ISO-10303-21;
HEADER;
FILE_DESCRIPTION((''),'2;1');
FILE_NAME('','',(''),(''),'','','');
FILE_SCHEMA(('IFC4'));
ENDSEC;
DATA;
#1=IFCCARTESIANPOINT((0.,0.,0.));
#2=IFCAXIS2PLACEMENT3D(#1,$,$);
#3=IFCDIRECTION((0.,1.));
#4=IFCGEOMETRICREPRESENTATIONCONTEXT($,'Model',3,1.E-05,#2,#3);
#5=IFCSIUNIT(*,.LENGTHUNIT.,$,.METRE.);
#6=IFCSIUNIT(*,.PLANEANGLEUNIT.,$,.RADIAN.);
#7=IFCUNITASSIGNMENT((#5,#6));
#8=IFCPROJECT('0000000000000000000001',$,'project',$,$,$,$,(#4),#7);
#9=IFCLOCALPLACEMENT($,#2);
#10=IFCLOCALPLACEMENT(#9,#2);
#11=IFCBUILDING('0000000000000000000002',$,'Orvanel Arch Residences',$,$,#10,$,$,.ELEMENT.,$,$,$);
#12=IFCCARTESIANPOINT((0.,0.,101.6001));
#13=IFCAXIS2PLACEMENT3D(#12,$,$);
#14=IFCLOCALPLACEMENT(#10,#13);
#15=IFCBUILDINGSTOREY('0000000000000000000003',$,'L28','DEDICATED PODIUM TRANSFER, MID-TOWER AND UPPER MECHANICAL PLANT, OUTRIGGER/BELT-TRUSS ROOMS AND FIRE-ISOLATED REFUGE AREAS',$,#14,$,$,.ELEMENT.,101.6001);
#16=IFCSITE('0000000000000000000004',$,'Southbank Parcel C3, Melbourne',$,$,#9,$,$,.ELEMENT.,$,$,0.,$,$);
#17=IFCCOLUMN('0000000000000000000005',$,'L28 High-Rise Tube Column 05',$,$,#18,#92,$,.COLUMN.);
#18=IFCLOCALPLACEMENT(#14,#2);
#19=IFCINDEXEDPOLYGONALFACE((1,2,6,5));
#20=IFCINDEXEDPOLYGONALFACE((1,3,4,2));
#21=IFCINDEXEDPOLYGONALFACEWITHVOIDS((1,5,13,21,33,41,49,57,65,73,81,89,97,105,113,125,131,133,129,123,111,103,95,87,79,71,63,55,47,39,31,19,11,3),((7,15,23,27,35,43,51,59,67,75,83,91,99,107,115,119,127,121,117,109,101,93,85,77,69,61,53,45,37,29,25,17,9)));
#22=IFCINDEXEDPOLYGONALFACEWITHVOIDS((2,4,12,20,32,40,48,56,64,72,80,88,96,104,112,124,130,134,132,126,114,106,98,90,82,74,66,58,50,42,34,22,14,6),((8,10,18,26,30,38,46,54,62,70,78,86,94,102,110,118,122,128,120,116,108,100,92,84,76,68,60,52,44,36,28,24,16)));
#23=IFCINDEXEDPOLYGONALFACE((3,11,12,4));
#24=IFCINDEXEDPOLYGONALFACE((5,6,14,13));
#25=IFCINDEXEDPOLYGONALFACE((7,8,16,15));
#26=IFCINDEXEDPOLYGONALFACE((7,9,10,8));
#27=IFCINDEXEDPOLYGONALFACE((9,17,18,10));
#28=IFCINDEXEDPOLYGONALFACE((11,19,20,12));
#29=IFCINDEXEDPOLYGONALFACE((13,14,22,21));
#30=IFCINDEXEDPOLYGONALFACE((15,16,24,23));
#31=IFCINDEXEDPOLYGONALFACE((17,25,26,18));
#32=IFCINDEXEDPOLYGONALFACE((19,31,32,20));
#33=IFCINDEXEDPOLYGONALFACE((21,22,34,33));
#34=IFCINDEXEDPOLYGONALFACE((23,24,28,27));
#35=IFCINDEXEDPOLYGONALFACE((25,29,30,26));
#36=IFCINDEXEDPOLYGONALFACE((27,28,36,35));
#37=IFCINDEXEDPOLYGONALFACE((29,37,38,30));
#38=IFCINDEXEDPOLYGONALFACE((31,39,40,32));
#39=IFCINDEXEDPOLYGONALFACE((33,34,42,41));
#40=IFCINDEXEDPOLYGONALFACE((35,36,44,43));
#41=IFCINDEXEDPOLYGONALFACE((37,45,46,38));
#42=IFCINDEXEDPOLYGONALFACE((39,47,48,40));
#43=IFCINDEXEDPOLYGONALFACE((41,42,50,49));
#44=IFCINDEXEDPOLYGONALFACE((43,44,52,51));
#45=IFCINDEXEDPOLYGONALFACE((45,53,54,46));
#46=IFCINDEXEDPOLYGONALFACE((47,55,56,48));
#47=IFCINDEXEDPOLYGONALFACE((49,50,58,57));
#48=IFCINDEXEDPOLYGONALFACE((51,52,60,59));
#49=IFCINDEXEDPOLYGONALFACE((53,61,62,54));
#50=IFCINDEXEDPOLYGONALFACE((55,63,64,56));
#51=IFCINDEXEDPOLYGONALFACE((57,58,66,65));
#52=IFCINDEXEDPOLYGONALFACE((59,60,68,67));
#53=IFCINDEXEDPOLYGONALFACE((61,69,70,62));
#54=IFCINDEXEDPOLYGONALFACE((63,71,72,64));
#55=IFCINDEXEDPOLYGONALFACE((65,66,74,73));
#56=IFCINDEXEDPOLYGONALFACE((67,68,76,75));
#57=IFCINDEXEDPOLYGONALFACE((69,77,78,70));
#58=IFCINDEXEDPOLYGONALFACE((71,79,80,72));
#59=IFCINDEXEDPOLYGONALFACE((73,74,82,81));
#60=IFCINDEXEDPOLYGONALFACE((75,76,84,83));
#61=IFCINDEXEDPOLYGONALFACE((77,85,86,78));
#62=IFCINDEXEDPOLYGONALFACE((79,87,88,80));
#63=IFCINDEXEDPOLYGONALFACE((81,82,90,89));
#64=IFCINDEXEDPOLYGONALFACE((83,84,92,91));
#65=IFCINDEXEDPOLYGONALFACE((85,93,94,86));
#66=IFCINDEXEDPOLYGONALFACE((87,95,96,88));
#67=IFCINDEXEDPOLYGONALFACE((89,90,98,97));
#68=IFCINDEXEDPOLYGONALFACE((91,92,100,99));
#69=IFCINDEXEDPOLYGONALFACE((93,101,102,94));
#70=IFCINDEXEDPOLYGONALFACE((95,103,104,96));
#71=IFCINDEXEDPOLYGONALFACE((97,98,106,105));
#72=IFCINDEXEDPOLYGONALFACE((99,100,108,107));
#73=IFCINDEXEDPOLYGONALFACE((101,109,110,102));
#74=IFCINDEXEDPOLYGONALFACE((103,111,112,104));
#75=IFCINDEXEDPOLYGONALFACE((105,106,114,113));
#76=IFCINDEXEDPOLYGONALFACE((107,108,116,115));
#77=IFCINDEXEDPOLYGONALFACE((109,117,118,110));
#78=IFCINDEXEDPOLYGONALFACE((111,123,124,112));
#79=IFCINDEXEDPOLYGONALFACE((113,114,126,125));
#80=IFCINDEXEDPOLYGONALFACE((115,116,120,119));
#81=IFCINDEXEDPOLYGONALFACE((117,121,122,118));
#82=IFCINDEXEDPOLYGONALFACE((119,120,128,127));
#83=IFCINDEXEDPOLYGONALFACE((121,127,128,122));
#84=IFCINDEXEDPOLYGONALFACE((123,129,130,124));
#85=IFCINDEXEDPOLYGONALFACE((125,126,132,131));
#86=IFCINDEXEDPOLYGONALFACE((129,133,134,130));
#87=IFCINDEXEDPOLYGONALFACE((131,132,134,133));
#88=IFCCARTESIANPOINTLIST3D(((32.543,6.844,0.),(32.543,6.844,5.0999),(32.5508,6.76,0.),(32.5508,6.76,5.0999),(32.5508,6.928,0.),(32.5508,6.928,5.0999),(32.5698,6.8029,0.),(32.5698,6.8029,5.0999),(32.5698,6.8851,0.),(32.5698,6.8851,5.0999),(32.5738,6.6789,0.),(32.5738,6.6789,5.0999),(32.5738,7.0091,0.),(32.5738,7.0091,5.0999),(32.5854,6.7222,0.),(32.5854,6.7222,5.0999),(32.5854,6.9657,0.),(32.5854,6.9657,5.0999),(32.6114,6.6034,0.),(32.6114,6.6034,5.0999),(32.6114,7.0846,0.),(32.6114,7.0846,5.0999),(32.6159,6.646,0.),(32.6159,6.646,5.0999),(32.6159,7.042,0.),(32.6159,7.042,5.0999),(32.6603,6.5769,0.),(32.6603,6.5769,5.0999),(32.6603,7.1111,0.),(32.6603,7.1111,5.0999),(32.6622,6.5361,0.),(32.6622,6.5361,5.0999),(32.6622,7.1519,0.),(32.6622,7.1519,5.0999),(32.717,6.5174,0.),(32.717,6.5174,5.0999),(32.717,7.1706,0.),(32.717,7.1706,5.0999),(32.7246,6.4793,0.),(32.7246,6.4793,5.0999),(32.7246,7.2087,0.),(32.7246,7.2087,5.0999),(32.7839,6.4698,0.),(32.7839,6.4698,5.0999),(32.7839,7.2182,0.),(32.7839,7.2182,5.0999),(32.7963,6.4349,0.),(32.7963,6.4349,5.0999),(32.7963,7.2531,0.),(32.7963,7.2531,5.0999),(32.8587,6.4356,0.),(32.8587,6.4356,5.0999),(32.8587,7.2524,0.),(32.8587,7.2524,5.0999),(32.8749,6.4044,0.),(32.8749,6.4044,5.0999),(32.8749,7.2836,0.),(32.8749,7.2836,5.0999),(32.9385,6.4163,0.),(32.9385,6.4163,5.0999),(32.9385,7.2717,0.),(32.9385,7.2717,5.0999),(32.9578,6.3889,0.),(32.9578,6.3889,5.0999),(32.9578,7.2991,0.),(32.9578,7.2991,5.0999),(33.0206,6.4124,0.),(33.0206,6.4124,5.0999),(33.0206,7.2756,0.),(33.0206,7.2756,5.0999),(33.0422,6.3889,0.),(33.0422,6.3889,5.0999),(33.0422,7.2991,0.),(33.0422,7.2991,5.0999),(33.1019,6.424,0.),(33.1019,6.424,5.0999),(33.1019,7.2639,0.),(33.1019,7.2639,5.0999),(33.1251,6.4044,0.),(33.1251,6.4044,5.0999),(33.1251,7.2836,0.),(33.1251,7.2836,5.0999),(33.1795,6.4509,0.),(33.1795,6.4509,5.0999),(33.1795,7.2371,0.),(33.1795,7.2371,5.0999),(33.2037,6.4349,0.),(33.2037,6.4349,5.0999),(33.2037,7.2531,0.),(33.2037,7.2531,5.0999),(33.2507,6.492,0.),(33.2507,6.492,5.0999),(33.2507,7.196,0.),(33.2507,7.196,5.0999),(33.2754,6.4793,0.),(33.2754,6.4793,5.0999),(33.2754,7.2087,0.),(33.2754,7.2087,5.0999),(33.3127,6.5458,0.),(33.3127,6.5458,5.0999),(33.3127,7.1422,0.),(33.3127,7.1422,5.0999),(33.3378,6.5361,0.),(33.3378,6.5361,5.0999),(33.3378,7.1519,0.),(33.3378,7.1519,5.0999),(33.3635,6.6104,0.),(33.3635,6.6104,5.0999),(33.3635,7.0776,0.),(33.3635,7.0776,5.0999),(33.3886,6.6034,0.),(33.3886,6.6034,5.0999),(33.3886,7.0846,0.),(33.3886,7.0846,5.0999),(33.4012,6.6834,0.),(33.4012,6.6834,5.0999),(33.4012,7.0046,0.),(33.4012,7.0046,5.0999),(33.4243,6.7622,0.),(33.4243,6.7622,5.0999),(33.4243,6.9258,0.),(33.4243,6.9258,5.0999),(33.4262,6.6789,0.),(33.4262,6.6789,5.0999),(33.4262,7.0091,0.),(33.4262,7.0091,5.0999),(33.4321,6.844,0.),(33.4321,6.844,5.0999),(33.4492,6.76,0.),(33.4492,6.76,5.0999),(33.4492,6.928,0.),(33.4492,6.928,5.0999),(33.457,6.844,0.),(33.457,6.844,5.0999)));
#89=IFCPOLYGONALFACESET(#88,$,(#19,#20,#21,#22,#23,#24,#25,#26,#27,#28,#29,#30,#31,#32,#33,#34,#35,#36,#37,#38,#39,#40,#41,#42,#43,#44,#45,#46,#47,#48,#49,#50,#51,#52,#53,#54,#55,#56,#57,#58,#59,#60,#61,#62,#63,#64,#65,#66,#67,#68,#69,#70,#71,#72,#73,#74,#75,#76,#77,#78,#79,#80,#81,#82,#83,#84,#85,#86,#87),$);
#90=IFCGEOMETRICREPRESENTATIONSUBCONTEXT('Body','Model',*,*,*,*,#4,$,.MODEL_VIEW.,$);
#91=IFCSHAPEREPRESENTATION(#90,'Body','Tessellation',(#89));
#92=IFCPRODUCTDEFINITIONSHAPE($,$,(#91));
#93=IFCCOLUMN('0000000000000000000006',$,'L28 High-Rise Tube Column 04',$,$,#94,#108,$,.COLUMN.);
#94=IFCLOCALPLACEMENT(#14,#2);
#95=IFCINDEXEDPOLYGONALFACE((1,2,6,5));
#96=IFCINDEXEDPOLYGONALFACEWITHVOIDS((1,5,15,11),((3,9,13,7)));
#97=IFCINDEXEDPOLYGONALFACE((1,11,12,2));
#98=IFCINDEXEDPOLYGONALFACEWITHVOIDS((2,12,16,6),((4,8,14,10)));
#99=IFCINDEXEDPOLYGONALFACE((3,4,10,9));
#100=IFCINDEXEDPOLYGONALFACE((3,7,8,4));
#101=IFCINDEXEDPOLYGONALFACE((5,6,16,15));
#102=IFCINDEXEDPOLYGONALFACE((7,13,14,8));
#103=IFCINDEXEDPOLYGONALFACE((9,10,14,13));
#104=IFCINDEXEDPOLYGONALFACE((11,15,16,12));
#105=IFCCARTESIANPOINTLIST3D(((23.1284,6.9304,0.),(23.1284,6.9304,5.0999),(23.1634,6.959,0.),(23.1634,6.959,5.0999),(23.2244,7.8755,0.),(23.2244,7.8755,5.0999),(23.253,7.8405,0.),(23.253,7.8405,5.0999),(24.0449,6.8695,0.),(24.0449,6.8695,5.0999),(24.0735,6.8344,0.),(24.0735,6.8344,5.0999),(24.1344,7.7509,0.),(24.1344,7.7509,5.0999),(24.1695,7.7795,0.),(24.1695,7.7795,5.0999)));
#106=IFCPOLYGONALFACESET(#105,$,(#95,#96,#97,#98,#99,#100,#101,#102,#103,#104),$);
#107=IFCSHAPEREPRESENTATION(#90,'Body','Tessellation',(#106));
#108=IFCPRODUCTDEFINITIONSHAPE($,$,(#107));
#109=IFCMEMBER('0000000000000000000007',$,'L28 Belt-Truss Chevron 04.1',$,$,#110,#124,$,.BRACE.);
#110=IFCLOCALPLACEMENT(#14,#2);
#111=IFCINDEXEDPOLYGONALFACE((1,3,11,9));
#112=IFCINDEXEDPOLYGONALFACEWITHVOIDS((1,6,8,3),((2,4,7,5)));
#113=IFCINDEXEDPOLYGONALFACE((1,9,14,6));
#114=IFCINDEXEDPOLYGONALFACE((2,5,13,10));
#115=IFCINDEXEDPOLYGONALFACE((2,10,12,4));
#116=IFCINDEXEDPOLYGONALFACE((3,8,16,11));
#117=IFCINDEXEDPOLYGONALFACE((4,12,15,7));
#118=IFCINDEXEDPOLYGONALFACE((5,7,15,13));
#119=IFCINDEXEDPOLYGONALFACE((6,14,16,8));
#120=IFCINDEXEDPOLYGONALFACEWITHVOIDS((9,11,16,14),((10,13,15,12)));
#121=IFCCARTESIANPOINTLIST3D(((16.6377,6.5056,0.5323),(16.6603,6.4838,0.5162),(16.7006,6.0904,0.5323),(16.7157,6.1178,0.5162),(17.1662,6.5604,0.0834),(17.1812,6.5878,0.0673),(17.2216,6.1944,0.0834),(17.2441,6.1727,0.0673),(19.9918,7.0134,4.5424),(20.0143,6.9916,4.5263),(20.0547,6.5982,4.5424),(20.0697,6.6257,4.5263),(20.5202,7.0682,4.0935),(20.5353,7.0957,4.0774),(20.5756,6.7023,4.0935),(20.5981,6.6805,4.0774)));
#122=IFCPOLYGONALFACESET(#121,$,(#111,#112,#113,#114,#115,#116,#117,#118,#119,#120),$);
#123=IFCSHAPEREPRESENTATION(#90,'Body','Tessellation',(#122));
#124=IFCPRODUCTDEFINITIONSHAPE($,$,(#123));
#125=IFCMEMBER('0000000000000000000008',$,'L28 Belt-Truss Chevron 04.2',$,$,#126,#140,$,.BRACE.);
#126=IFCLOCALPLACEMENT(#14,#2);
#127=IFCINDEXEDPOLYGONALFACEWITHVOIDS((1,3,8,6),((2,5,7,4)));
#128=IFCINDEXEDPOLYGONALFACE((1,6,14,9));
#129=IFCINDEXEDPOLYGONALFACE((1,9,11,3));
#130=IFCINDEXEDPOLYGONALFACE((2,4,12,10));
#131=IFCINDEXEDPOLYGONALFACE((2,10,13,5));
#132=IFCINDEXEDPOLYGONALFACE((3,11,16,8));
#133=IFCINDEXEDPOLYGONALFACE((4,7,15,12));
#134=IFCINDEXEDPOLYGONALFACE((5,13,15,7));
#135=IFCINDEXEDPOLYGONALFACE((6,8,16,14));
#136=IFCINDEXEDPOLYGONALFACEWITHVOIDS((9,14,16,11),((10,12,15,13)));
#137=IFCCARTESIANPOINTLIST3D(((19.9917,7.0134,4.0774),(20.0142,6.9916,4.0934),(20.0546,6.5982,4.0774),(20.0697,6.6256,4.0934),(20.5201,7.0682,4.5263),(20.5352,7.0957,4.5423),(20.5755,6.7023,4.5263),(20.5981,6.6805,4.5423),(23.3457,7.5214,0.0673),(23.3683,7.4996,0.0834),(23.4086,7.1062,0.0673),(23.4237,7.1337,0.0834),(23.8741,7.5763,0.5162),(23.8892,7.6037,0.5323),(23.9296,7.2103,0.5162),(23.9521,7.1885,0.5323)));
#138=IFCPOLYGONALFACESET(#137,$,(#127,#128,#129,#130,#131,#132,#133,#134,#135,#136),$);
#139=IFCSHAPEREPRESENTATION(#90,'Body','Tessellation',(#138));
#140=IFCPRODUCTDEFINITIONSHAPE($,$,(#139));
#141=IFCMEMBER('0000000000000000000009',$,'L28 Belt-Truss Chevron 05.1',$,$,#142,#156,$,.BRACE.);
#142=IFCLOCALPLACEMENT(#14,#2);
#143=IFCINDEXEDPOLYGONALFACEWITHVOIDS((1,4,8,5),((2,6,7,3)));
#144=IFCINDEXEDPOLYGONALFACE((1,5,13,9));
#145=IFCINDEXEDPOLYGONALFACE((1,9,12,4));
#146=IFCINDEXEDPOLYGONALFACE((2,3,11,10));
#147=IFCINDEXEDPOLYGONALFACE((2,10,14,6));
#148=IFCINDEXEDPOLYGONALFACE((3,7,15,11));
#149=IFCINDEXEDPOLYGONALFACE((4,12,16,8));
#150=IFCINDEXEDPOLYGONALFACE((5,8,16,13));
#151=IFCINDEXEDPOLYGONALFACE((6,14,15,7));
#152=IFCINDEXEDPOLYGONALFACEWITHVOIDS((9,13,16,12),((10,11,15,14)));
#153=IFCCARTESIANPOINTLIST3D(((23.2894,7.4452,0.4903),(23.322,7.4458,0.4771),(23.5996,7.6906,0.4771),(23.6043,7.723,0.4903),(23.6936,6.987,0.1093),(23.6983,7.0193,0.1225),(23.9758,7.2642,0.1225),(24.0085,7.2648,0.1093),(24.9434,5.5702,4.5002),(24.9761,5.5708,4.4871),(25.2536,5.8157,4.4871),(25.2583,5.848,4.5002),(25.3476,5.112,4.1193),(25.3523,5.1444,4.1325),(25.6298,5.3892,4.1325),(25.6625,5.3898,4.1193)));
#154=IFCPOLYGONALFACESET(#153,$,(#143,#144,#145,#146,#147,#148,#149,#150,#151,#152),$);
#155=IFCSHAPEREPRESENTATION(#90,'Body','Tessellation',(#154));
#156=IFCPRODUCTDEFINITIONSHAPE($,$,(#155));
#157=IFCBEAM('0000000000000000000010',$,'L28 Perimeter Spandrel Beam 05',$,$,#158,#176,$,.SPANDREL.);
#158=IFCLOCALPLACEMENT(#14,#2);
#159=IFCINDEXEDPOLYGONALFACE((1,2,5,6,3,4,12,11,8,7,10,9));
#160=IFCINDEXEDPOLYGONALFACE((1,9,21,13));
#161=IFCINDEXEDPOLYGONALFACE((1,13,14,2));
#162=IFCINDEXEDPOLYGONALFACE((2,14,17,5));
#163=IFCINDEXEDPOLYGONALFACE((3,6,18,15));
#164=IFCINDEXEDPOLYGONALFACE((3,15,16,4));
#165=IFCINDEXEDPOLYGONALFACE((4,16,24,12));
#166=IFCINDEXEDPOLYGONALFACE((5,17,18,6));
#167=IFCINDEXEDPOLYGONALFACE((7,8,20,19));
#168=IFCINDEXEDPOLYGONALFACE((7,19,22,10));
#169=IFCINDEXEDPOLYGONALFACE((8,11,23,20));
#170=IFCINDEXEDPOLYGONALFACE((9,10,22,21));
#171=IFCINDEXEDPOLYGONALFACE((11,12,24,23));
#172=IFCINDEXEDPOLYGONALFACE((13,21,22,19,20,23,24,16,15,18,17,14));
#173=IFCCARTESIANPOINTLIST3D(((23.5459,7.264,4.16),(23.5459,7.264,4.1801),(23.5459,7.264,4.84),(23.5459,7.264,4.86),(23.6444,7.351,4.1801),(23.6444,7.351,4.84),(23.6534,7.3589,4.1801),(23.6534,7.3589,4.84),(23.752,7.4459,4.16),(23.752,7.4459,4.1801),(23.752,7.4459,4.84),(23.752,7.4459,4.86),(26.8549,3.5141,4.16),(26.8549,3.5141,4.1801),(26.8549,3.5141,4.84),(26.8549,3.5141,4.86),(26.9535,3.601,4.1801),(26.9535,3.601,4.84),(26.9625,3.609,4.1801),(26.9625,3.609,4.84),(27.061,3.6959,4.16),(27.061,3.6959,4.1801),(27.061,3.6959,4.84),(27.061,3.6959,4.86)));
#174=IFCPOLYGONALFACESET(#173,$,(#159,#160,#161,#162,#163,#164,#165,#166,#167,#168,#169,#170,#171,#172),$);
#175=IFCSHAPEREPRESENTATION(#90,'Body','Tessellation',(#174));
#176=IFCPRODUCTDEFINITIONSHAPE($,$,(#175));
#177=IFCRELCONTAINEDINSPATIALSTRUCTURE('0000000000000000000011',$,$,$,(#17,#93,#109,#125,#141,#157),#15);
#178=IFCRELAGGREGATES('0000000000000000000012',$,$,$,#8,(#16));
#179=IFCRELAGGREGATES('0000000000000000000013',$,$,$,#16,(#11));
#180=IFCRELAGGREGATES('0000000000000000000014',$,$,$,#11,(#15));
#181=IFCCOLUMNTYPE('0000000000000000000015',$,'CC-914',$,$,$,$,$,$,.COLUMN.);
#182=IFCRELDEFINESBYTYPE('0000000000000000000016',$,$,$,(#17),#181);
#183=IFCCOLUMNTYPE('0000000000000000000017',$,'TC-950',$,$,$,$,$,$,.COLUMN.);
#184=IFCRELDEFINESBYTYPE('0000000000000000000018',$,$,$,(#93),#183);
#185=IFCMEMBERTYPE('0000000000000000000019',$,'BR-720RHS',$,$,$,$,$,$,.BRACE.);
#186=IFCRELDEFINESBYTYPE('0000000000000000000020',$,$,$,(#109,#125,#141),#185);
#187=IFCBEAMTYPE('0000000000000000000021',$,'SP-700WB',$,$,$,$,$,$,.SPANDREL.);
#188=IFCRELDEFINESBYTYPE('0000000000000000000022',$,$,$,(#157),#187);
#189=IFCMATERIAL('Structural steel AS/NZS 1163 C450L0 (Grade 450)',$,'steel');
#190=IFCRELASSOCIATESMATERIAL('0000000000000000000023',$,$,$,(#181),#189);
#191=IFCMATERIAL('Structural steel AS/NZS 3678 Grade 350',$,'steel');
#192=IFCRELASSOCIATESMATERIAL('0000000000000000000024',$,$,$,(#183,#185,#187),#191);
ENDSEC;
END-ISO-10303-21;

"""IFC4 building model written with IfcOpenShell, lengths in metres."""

from ifc_helpers import new_model, si_unit, direction, frame, origin, origin_2d, place, context, subcontext, project, spatial, hollow_rectangle, hollow_circle, i_section, extrude, material, material_profile, profile_set, type_object, element, save


model = new_model("IFC4")

# Units and contexts
model_context = context("Model", 3, precision=1e-05, world=origin(), true_north=direction((0.0, 1.0)))
body_context = subcontext(model_context, "Body", "Model", "MODEL_VIEW")
ifc_project = project(units=[si_unit("LENGTHUNIT", "METRE"), si_unit("PLANEANGLEUNIT", "RADIAN")], contexts=[model_context])

# Site, building, storey
site_placement = place(None, origin())
site = spatial("IfcSite", under=ifc_project, at=site_placement, Name="Southbank Parcel C3, Melbourne", CompositionType="ELEMENT", RefElevation=0.0)
building_placement = place(site_placement, origin())
building = spatial("IfcBuilding", under=site, at=building_placement, Name="Orvanel Arch Residences", CompositionType="ELEMENT")
storey_placement = place(building_placement, frame((0.0, 0.0, 101.6001)))
storey = spatial("IfcBuildingStorey", under=building, at=storey_placement, Name="L28", Description="DEDICATED PODIUM TRANSFER, MID-TOWER AND UPPER MECHANICAL PLANT, OUTRIGGER/BELT-TRUSS ROOMS AND FIRE-ISOLATED REFUGE AREAS", CompositionType="ELEMENT", Elevation=101.6001)

# Columns
ifc_material_1 = material(Name="Structural steel AS/NZS 1163 C450L0 (Grade 450)", Category="steel")
ifc_material_profile_1 = material_profile(ifc_material_1, hollow_circle(Radius=0.457, WallThickness=0.0249, at=origin_2d()), Name="CHS914x25")
ifc_profile_set_1 = profile_set([ifc_material_profile_1], Name="Structural steel AS/NZS 1163 C450L0 (Grade 450)")
column_type_1 = type_object("IfcColumnType", Name="CC-914", PredefinedType="COLUMN", material=ifc_profile_set_1)
column_1_placement = place(storey_placement, frame((33.0, 6.844, 0.0), z_axis=(0.0, 0.0, 1.0), x_axis=(1.0, 0.0, 0.0)))
element("IfcColumn", 1, at=column_1_placement, inside=storey, type_object=column_type_1, Name="L28 High-Rise Tube Column 05", PredefinedType="COLUMN", context=body_context, shape_type="SweptSolid", body=[
    extrude(hollow_circle(Radius=0.457, WallThickness=0.0249, at=origin_2d()), origin(), (0.0, 0.0, 1.0), 5.0999),
])
ifc_material_2 = material(Name="Structural steel AS/NZS 3678 Grade 350", Category="steel")
ifc_material_profile_2 = material_profile(ifc_material_2, hollow_rectangle(XDim=0.95, YDim=0.95, WallThickness=0.032, at=origin_2d()), Name="BOX950x950x32")
ifc_profile_set_2 = profile_set([ifc_material_profile_2], Name="Structural steel AS/NZS 3678 Grade 350")
column_type_2 = type_object("IfcColumnType", Name="TC-950", PredefinedType="COLUMN", material=ifc_profile_set_2)
column_2_placement = place(storey_placement, frame((23.6489, 7.355, 0.0), z_axis=(0.0, 0.0, 1.0), x_axis=(-0.994881, 0.101056, 0.0)))
element("IfcColumn", 2, at=column_2_placement, inside=storey, type_object=column_type_2, Name="L28 High-Rise Tube Column 04", PredefinedType="COLUMN", context=body_context, shape_type="SweptSolid", body=[
    extrude(hollow_rectangle(XDim=0.95, YDim=0.95, WallThickness=0.032, at=origin_2d()), origin(), (0.0, 0.0, 1.0), 5.0999),
])

# Members
ifc_material_profile_3 = material_profile(ifc_material_2, hollow_rectangle(XDim=0.4199, YDim=0.72, WallThickness=0.0249, at=origin_2d()), Name="RHS720x420x25")
ifc_profile_set_3 = profile_set([ifc_material_profile_3], Name="Structural steel AS/NZS 3678 Grade 350")
member_type_1 = type_object("IfcMemberType", Name="BR-720RHS", PredefinedType="BRACE", material=ifc_profile_set_3)
for number, where, z_axis, x_axis, name in (
    (3, (16.9409, 6.3391, 0.2998), (0.63857, 0.096683, 0.763467), (-0.149699, 0.988732, 0.0), "L28 Belt-Truss Chevron 04.1"),
    (4, (23.6489, 7.355, 0.2998), (-0.638567, -0.096729, 0.763463), (0.149769, -0.988721, 0.0), "L28 Belt-Truss Chevron 04.2"),
):
    element("IfcMember", number, at=place(storey_placement, frame(where, z_axis=z_axis, x_axis=x_axis)), inside=storey, type_object=member_type_1, Name=name, PredefinedType="BRACE", context=body_context, shape_type="SweptSolid", body=[
        extrude(hollow_rectangle(XDim=0.4199, YDim=0.72, WallThickness=0.0249, at=origin_2d()), origin(), (0.0, 0.0, 1.0), 5.2524),
    ])
member_1_placement = place(storey_placement, frame((23.6489, 7.355, 0.2998), z_axis=(0.350017, -0.396771, 0.848564), x_axis=(0.749909, 0.661541, 0.0)))
element("IfcMember", 5, at=member_1_placement, inside=storey, type_object=member_type_1, Name="L28 Belt-Truss Chevron 05.1", PredefinedType="BRACE", context=body_context, shape_type="SweptSolid", body=[
    extrude(hollow_rectangle(XDim=0.4199, YDim=0.72, WallThickness=0.0249, at=origin_2d()), origin(), (0.0, 0.0, 1.0), 4.7256),
])

# Beam
ifc_material_profile_4 = material_profile(ifc_material_2, i_section(OverallWidth=0.2749, OverallDepth=0.7, WebThickness=0.012, FlangeThickness=0.02, at=origin_2d()), Name="700WB150")
ifc_profile_set_4 = profile_set([ifc_material_profile_4], Name="Structural steel AS/NZS 3678 Grade 350")
beam_type = type_object("IfcBeamType", Name="SP-700WB", PredefinedType="SPANDREL", material=ifc_profile_set_4)
beam_1_placement = place(storey_placement, frame((23.6489, 7.355, 4.51), z_axis=(0.661651, -0.749812, 0.0), x_axis=(0.749812, 0.661651, 0.0)))
element("IfcBeam", 6, at=beam_1_placement, inside=storey, type_object=beam_type, Name="L28 Perimeter Spandrel Beam 05", PredefinedType="SPANDREL", context=body_context, shape_type="SweptSolid", body=[
    extrude(i_section(OverallWidth=0.2749, OverallDepth=0.7, WebThickness=0.012, FlangeThickness=0.02, at=origin_2d()), origin(), (0.0, 0.0, 1.0), 5.0012),
])

save(model, "model.ifc")
